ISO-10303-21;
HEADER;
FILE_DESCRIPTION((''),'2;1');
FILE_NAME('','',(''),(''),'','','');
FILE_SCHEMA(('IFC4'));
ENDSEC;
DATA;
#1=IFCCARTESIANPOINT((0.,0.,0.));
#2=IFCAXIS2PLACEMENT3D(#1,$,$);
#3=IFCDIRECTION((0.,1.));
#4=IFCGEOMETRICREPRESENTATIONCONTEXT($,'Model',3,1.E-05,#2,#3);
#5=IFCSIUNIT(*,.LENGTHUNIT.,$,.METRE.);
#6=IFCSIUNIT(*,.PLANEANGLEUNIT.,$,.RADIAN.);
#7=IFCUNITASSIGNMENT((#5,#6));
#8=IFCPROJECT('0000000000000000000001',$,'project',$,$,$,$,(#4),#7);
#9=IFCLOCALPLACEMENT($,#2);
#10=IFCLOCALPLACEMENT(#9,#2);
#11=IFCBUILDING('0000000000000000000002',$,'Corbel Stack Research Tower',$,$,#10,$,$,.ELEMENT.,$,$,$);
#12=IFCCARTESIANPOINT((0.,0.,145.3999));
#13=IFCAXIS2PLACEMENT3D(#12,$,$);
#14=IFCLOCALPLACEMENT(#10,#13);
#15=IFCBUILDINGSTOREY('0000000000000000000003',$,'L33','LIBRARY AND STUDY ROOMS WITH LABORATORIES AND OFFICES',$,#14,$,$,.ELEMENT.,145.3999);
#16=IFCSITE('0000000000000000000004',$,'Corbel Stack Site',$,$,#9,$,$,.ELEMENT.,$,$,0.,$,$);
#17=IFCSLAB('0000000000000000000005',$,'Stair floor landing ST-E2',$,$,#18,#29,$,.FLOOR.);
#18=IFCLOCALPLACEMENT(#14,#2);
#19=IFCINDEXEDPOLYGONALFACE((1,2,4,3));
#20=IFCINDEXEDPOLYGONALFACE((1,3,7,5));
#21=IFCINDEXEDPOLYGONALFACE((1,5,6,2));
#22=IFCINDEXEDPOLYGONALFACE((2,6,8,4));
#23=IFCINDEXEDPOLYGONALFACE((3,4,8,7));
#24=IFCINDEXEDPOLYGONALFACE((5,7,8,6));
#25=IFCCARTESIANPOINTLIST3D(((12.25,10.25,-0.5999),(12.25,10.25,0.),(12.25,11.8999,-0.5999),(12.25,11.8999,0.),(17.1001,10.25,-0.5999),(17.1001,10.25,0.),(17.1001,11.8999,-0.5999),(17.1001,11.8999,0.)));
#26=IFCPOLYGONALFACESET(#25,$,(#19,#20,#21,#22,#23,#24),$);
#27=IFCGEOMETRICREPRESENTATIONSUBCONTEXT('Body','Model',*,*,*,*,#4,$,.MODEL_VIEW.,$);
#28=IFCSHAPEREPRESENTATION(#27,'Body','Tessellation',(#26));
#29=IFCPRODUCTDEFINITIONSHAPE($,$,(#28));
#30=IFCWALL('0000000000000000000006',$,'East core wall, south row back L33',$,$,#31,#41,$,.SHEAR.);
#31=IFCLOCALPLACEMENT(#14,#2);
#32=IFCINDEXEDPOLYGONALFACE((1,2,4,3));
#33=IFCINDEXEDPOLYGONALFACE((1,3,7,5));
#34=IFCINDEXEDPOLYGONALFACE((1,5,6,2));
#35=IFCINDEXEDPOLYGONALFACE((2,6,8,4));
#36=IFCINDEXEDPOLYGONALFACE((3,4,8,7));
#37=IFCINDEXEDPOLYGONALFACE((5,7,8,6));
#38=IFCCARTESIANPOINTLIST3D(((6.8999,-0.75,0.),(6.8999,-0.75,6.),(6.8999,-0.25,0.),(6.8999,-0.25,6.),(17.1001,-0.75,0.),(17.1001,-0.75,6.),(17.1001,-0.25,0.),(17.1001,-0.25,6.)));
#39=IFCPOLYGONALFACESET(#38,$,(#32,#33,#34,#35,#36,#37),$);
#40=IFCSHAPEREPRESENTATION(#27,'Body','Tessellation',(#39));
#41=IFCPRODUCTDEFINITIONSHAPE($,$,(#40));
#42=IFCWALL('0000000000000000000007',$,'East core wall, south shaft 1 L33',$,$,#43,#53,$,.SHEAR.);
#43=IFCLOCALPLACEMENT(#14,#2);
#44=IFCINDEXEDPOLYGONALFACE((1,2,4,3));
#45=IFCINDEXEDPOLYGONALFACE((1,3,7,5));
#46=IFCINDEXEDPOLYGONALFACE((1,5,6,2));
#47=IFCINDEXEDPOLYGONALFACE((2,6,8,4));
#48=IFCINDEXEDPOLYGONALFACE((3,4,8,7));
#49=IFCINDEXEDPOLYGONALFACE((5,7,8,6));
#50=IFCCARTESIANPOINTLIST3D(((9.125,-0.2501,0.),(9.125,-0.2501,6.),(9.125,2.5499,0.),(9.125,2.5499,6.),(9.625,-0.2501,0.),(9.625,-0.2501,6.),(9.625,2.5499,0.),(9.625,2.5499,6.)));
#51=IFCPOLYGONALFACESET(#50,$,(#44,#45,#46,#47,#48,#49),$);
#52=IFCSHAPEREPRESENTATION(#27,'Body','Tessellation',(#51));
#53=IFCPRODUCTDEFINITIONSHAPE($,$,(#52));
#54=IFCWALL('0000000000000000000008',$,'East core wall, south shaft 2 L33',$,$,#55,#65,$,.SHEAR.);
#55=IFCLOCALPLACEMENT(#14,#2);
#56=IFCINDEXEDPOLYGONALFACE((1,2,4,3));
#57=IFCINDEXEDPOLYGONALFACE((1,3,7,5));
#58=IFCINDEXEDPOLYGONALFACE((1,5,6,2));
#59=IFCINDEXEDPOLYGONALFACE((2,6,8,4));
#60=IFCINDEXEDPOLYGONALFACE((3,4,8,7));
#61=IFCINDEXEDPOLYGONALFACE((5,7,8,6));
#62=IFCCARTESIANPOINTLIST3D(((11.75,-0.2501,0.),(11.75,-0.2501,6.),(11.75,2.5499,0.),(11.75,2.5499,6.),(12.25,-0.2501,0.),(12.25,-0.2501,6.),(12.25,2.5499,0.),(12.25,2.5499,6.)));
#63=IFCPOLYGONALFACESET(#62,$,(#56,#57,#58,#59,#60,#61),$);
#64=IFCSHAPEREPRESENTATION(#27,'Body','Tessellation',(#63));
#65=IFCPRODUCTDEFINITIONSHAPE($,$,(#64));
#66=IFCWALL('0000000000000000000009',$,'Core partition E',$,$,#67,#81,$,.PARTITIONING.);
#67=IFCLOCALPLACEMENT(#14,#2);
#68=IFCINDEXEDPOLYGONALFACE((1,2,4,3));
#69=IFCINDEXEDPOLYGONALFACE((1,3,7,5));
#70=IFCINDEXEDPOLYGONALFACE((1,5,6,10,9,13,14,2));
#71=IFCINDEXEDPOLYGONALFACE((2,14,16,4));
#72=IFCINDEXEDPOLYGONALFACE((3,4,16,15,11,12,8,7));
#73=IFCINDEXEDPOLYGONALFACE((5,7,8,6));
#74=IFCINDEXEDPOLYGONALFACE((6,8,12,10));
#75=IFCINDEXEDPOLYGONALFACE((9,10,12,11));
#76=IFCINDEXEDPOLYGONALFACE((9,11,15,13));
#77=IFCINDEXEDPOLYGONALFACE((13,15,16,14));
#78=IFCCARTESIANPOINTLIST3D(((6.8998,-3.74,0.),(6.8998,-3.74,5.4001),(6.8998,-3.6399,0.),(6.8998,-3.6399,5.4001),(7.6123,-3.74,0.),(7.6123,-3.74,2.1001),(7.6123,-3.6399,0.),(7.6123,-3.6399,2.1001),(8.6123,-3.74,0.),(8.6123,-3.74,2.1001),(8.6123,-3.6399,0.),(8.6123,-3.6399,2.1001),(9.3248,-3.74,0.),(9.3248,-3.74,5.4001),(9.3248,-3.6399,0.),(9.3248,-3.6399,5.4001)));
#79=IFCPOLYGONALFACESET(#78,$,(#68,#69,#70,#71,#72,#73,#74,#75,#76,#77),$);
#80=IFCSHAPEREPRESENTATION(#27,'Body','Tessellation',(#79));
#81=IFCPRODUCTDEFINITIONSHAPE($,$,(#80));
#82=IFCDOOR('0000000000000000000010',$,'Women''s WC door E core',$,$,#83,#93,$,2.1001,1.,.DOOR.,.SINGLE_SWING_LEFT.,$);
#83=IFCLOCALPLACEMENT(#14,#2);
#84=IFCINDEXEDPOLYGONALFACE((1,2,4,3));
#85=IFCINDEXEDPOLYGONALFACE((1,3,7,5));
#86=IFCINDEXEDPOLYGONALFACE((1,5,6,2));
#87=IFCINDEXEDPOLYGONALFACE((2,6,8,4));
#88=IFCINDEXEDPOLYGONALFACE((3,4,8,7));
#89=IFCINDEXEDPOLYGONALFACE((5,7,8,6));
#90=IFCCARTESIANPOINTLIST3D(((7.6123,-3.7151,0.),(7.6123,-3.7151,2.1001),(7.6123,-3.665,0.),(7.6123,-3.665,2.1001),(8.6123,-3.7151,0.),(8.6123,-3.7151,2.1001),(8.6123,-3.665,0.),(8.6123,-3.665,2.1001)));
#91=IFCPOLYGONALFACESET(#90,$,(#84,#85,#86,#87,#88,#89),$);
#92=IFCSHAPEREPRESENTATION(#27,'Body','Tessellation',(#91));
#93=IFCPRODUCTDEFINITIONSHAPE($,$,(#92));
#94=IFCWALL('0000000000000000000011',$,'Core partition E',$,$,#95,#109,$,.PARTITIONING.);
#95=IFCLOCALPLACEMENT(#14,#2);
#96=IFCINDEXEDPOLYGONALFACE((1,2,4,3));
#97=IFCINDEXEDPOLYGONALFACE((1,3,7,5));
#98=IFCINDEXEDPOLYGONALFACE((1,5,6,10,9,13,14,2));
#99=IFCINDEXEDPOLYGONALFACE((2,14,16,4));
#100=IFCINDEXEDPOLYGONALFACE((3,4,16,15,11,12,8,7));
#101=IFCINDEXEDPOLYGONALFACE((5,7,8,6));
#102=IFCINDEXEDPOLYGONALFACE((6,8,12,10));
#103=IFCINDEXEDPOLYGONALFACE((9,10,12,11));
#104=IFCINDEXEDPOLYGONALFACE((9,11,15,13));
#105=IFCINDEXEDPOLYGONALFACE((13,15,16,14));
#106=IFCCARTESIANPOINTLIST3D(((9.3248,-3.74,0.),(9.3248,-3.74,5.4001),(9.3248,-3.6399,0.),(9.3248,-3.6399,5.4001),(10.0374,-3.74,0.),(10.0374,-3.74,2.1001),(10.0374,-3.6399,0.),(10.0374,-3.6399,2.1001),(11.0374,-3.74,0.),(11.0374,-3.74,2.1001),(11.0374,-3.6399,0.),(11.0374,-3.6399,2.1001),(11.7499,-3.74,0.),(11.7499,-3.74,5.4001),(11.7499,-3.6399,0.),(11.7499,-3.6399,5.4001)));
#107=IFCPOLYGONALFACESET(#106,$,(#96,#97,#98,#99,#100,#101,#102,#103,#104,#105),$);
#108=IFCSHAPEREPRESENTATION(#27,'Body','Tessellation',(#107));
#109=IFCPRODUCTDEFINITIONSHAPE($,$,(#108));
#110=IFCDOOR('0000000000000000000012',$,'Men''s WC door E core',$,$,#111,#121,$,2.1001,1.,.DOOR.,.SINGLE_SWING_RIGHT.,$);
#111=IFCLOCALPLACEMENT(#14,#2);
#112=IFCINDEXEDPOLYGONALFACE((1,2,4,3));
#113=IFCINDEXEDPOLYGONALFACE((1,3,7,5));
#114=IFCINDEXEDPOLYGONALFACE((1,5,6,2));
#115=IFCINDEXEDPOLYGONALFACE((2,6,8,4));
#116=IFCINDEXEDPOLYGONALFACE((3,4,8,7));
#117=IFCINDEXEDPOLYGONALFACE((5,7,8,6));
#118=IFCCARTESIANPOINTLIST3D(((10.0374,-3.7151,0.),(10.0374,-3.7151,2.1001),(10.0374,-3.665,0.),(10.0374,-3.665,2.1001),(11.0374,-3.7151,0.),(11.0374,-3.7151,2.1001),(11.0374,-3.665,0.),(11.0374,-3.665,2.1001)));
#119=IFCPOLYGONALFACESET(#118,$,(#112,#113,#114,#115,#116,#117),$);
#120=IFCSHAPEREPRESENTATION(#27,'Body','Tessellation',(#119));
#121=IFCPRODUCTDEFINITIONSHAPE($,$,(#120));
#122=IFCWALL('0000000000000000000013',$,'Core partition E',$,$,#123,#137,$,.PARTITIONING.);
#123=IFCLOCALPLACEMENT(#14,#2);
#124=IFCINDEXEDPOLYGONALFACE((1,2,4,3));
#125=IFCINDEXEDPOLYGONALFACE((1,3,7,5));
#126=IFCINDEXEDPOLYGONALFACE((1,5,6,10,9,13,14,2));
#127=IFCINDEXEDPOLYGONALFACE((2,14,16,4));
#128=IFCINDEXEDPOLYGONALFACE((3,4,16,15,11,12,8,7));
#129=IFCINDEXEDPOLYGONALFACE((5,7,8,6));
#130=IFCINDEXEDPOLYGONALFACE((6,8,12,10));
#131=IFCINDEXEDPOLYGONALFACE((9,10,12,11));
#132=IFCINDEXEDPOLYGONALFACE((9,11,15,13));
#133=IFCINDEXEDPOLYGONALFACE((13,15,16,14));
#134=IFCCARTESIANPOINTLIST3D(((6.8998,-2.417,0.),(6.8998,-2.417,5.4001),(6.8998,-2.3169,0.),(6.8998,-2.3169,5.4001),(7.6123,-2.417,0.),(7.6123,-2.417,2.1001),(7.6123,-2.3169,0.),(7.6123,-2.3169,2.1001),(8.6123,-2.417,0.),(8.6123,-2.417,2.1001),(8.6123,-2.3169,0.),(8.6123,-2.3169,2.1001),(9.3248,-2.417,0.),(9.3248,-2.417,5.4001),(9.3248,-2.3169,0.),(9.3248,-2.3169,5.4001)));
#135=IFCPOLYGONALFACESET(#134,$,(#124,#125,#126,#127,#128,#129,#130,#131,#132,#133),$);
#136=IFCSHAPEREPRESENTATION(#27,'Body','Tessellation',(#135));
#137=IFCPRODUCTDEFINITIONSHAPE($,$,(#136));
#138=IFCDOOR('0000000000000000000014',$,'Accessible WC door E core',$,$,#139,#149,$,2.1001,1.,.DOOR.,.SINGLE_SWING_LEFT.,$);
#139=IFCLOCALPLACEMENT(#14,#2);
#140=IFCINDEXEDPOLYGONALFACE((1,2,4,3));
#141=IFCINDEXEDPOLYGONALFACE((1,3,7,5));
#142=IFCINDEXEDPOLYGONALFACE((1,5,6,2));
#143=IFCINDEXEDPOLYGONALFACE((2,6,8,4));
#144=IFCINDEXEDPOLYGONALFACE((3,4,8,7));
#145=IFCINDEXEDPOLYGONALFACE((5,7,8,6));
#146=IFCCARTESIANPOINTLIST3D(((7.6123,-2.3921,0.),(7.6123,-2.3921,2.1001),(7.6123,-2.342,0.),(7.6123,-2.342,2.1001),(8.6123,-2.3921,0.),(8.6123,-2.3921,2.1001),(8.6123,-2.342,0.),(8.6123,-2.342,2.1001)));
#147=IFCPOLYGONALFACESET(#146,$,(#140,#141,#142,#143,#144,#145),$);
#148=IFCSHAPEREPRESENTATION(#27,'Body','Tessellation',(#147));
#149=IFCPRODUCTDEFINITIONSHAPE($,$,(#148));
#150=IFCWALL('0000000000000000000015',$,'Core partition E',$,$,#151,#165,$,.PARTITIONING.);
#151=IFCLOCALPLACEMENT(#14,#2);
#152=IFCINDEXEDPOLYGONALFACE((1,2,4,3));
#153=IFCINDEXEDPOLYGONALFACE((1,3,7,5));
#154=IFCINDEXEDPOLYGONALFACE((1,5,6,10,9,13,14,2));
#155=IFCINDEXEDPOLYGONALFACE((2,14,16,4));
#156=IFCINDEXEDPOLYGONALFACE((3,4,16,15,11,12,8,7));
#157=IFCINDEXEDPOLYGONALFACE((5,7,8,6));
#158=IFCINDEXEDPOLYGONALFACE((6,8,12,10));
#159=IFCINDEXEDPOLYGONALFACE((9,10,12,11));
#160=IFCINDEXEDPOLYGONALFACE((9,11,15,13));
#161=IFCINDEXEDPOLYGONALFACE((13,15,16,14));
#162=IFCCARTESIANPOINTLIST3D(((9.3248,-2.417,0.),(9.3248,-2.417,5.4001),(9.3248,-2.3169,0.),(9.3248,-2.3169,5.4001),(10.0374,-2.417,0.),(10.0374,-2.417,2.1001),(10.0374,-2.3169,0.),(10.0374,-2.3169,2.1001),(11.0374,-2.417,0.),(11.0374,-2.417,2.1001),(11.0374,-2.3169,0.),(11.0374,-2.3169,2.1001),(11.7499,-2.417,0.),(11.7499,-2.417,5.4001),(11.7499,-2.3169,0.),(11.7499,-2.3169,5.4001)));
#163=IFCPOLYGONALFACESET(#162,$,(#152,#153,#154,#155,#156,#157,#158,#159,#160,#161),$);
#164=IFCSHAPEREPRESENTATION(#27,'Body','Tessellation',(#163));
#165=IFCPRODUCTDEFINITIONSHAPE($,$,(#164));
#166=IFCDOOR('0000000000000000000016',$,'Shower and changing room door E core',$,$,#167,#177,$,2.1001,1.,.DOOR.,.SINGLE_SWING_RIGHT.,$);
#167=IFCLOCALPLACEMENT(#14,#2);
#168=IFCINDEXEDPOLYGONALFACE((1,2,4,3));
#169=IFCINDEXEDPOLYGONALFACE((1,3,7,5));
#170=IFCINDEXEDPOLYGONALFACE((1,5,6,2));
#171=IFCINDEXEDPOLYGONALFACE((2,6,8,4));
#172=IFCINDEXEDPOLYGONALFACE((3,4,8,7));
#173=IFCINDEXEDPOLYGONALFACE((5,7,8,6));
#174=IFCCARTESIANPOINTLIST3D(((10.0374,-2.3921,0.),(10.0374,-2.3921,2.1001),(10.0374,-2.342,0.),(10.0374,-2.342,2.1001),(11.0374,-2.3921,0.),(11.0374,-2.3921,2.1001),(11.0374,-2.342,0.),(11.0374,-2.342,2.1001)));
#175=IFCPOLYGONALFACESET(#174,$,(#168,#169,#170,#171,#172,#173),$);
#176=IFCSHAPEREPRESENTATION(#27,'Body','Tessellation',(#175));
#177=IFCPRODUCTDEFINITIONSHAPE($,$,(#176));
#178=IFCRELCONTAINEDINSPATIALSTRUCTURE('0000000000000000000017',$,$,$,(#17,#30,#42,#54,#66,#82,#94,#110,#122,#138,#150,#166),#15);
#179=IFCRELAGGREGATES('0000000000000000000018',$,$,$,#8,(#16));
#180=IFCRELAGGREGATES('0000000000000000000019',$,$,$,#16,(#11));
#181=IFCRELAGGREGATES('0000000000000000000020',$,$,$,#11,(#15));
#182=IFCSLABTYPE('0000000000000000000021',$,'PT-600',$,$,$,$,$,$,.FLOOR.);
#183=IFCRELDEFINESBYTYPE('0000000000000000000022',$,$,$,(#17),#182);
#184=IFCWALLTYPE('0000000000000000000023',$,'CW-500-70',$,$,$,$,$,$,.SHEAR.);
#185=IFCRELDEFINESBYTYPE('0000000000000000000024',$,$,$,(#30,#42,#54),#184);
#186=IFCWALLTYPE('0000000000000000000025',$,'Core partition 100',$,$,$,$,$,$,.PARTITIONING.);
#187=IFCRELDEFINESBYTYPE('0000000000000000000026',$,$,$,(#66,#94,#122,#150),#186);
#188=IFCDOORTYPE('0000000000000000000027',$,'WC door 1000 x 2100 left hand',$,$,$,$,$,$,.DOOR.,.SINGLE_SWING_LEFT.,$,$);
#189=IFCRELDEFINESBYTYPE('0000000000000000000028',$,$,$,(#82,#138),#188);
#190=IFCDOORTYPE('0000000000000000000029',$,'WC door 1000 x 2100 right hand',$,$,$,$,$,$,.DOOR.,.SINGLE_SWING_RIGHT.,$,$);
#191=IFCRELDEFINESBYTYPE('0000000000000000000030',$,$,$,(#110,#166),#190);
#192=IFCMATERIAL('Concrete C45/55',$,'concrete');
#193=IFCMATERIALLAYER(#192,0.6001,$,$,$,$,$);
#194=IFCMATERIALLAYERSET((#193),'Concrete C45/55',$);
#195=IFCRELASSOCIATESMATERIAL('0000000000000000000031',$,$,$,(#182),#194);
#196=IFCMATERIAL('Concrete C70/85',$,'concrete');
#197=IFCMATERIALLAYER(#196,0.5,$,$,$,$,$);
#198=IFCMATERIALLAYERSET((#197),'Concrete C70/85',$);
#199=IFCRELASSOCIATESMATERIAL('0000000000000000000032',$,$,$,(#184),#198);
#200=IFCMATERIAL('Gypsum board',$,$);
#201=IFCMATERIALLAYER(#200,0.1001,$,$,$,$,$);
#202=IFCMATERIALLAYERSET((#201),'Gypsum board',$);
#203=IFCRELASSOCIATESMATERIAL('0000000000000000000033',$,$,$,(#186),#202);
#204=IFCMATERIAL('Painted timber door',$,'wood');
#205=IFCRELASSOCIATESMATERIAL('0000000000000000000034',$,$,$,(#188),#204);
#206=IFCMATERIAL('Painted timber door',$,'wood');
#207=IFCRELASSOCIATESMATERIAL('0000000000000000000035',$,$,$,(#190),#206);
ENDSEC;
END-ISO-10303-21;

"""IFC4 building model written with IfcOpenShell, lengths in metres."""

from ifc_helpers import new_model, si_unit, direction, frame, frame_2d, origin, place, context, subcontext, project, spatial, polyline, rectangle, outline, extrude, material, layer, layer_set, type_object, element, fill, save


model = new_model("IFC4")

# Units and contexts
model_context = context("Model", 3, precision=1e-05, world=origin(), true_north=direction((0.0, 1.0)))
body_context = subcontext(model_context, "Body", "Model", "MODEL_VIEW")
ifc_project = project(units=[si_unit("LENGTHUNIT", "METRE"), si_unit("PLANEANGLEUNIT", "RADIAN")], contexts=[model_context])

# Site, building, storey
site_placement = place(None, origin())
site = spatial("IfcSite", under=ifc_project, at=site_placement, Name="Corbel Stack Site", CompositionType="ELEMENT", RefElevation=0.0)
building_placement = place(site_placement, origin())
building = spatial("IfcBuilding", under=site, at=building_placement, Name="Corbel Stack Research Tower", CompositionType="ELEMENT")
storey_placement = place(building_placement, frame((0.0, 0.0, 145.3999)))
storey = spatial("IfcBuildingStorey", under=building, at=storey_placement, Name="L33", Description="LIBRARY AND STUDY ROOMS WITH LABORATORIES AND OFFICES", CompositionType="ELEMENT", Elevation=145.3999)

# Slab
ifc_material_1 = material(Name="Concrete C45/55", Category="concrete")
ifc_layer_1 = layer(ifc_material_1, 0.6001)
ifc_layer_set_1 = layer_set([ifc_layer_1], Name="Concrete C45/55")
slab_type = type_object("IfcSlabType", Name="PT-600", PredefinedType="FLOOR", material=ifc_layer_set_1)
slab_placement = place(storey_placement, frame((0.0, 0.0, -0.5999)))
element("IfcSlab", 1, at=slab_placement, inside=storey, type_object=slab_type, Name="Stair floor landing ST-E2", PredefinedType="FLOOR", context=body_context, shape_type="SweptSolid", body=[
    extrude(outline(polyline([(12.25, 10.25), (17.1001, 10.25), (17.1001, 11.8999), (12.25, 11.8999), (12.25, 10.25)])), origin(), (0.0, 0.0, 1.0), 0.5999),
])

# Walls
ifc_material_2 = material(Name="Concrete C70/85", Category="concrete")
ifc_layer_2 = layer(ifc_material_2, 0.5)
ifc_layer_set_2 = layer_set([ifc_layer_2], Name="Concrete C70/85")
wall_type_1 = type_object("IfcWallType", Name="CW-500-70", PredefinedType="SHEAR", material=ifc_layer_set_2)
wall_1_placement = place(storey_placement, frame((6.8999, -0.5, 0.0), z_axis=(0.0, 0.0, 1.0), x_axis=(1.0, 0.0, 0.0)))
element("IfcWall", 2, at=wall_1_placement, inside=storey, type_object=wall_type_1, Name="East core wall, south row back L33", PredefinedType="SHEAR", context=body_context, shape_type="SweptSolid", body=[
    extrude(rectangle(XDim=10.2002, YDim=0.5, at=frame_2d((5.1001, 0.0))), origin(), (0.0, 0.0, 1.0), 6.0),
])
for number, where, z_axis, x_axis, name in (
    (3, (9.375, -0.25, 0.0), (0.0, 0.0, 1.0), (0.0, 1.0, 0.0), "East core wall, south shaft 1 L33"),
    (4, (12.0, -0.25, 0.0), (0.0, 0.0, 1.0), (0.0, 1.0, 0.0), "East core wall, south shaft 2 L33"),
):
    element("IfcWall", number, at=place(storey_placement, frame(where, z_axis=z_axis, x_axis=x_axis)), inside=storey, type_object=wall_type_1, Name=name, PredefinedType="SHEAR", context=body_context, shape_type="SweptSolid", body=[
        extrude(rectangle(XDim=2.8, YDim=0.5, at=frame_2d((1.3999, 0.0))), origin(), (0.0, 0.0, 1.0), 6.0),
    ])

# Walls, openings, doors
ifc_material_3 = material(Name="Gypsum board")
ifc_layer_3 = layer(ifc_material_3, 0.1001)
ifc_layer_set_3 = layer_set([ifc_layer_3], Name="Gypsum board")
wall_type_2 = type_object("IfcWallType", Name="Core partition 100", PredefinedType="PARTITIONING", material=ifc_layer_set_3)
wall_2_placement = place(storey_placement, frame((6.8999, -3.6899, 0.0), z_axis=(0.0, 0.0, 1.0), x_axis=(1.0, 0.0, 0.0)))
wall_2 = element("IfcWall", 5, at=wall_2_placement, inside=storey, type_object=wall_type_2, Name="Core partition E", PredefinedType="PARTITIONING", context=body_context, shape_type="SweptSolid", body=[
    extrude(rectangle(XDim=2.425, YDim=0.1001, at=frame_2d((1.2124, 0.0))), origin(), (0.0, 0.0, 1.0), 5.4001),
])
opening_1_placement = place(wall_2_placement, frame((0.7124, 0.0, 0.0)))
opening_1 = element("IfcOpeningElement", 6, at=opening_1_placement, cuts=wall_2, PredefinedType="OPENING", context=body_context, shape_type="SweptSolid", body=[
    extrude(rectangle(XDim=1.0, YDim=2.1001, at=frame_2d((0.5, 1.05))), frame((0.0, 0.0601, 0.0), z_axis=(0.0, -1.0, 0.0), x_axis=(1.0, 0.0, 0.0)), (0.0, 0.0, 1.0), 0.1201),
])
ifc_material_4 = material(Name="Painted timber door", Category="wood")
door_type_1 = type_object("IfcDoorType", Name="WC door 1000 x 2100 left hand", OperationType="SINGLE_SWING_LEFT", PredefinedType="DOOR", material=ifc_material_4)
door_1_placement = place(opening_1_placement, origin())
door_1 = element("IfcDoor", 7, at=door_1_placement, inside=storey, type_object=door_type_1, Name="Women's WC door E core", OperationType="SINGLE_SWING_LEFT", OverallHeight=2.1001, OverallWidth=1.0, PredefinedType="DOOR", context=body_context, shape_type="SweptSolid", body=[
    extrude(rectangle(XDim=1.0, YDim=2.1001, at=frame_2d((0.5, 1.05))), frame((0.0, 0.0249, 0.0), z_axis=(0.0, -1.0, 0.0), x_axis=(1.0, 0.0, 0.0)), (0.0, 0.0, 1.0), 0.05),
])
fill(opening_1, door_1)
wall_3_placement = place(storey_placement, frame((9.325, -3.6899, 0.0), z_axis=(0.0, 0.0, 1.0), x_axis=(1.0, 0.0, 0.0)))
wall_3 = element("IfcWall", 8, at=wall_3_placement, inside=storey, type_object=wall_type_2, Name="Core partition E", PredefinedType="PARTITIONING", context=body_context, shape_type="SweptSolid", body=[
    extrude(rectangle(XDim=2.425, YDim=0.1001, at=frame_2d((1.2124, 0.0))), origin(), (0.0, 0.0, 1.0), 5.4001),
])
opening_2_placement = place(wall_3_placement, frame((0.7124, 0.0, 0.0)))
opening_2 = element("IfcOpeningElement", 9, at=opening_2_placement, cuts=wall_3, PredefinedType="OPENING", context=body_context, shape_type="SweptSolid", body=[
    extrude(rectangle(XDim=1.0, YDim=2.1001, at=frame_2d((0.5, 1.05))), frame((0.0, 0.0601, 0.0), z_axis=(0.0, -1.0, 0.0), x_axis=(1.0, 0.0, 0.0)), (0.0, 0.0, 1.0), 0.1201),
])
ifc_material_5 = material(Name="Painted timber door", Category="wood")
door_type_2 = type_object("IfcDoorType", Name="WC door 1000 x 2100 right hand", OperationType="SINGLE_SWING_RIGHT", PredefinedType="DOOR", material=ifc_material_5)
door_2_placement = place(opening_2_placement, origin())
door_2 = element("IfcDoor", 10, at=door_2_placement, inside=storey, type_object=door_type_2, Name="Men's WC door E core", OperationType="SINGLE_SWING_RIGHT", OverallHeight=2.1001, OverallWidth=1.0, PredefinedType="DOOR", context=body_context, shape_type="SweptSolid", body=[
    extrude(rectangle(XDim=1.0, YDim=2.1001, at=frame_2d((0.5, 1.05))), frame((0.0, 0.0249, 0.0), z_axis=(0.0, -1.0, 0.0), x_axis=(1.0, 0.0, 0.0)), (0.0, 0.0, 1.0), 0.05),
])
fill(opening_2, door_2)
wall_4_placement = place(storey_placement, frame((6.8999, -2.3669, 0.0), z_axis=(0.0, 0.0, 1.0), x_axis=(1.0, 0.0, 0.0)))
wall_4 = element("IfcWall", 11, at=wall_4_placement, inside=storey, type_object=wall_type_2, Name="Core partition E", PredefinedType="PARTITIONING", context=body_context, shape_type="SweptSolid", body=[
    extrude(rectangle(XDim=2.425, YDim=0.1001, at=frame_2d((1.2124, 0.0))), origin(), (0.0, 0.0, 1.0), 5.4001),
])
opening_3_placement = place(wall_4_placement, frame((0.7124, 0.0, 0.0)))
opening_3 = element("IfcOpeningElement", 12, at=opening_3_placement, cuts=wall_4, PredefinedType="OPENING", context=body_context, shape_type="SweptSolid", body=[
    extrude(rectangle(XDim=1.0, YDim=2.1001, at=frame_2d((0.5, 1.05))), frame((0.0, 0.0601, 0.0), z_axis=(0.0, -1.0, 0.0), x_axis=(1.0, 0.0, 0.0)), (0.0, 0.0, 1.0), 0.1201),
])
door_3_placement = place(opening_3_placement, origin())
door_3 = element("IfcDoor", 13, at=door_3_placement, inside=storey, type_object=door_type_1, Name="Accessible WC door E core", OperationType="SINGLE_SWING_LEFT", OverallHeight=2.1001, OverallWidth=1.0, PredefinedType="DOOR", context=body_context, shape_type="SweptSolid", body=[
    extrude(rectangle(XDim=1.0, YDim=2.1001, at=frame_2d((0.5, 1.05))), frame((0.0, 0.0249, 0.0), z_axis=(0.0, -1.0, 0.0), x_axis=(1.0, 0.0, 0.0)), (0.0, 0.0, 1.0), 0.05),
])
fill(opening_3, door_3)
wall_5_placement = place(storey_placement, frame((9.325, -2.3669, 0.0), z_axis=(0.0, 0.0, 1.0), x_axis=(1.0, 0.0, 0.0)))
wall_5 = element("IfcWall", 14, at=wall_5_placement, inside=storey, type_object=wall_type_2, Name="Core partition E", PredefinedType="PARTITIONING", context=body_context, shape_type="SweptSolid", body=[
    extrude(rectangle(XDim=2.425, YDim=0.1001, at=frame_2d((1.2124, 0.0))), origin(), (0.0, 0.0, 1.0), 5.4001),
])
opening_4_placement = place(wall_5_placement, frame((0.7124, 0.0, 0.0)))
opening_4 = element("IfcOpeningElement", 15, at=opening_4_placement, cuts=wall_5, PredefinedType="OPENING", context=body_context, shape_type="SweptSolid", body=[
    extrude(rectangle(XDim=1.0, YDim=2.1001, at=frame_2d((0.5, 1.05))), frame((0.0, 0.0601, 0.0), z_axis=(0.0, -1.0, 0.0), x_axis=(1.0, 0.0, 0.0)), (0.0, 0.0, 1.0), 0.1201),
])
door_4_placement = place(opening_4_placement, origin())
door_4 = element("IfcDoor", 16, at=door_4_placement, inside=storey, type_object=door_type_2, Name="Shower and changing room door E core", OperationType="SINGLE_SWING_RIGHT", OverallHeight=2.1001, OverallWidth=1.0, PredefinedType="DOOR", context=body_context, shape_type="SweptSolid", body=[
    extrude(rectangle(XDim=1.0, YDim=2.1001, at=frame_2d((0.5, 1.05))), frame((0.0, 0.0249, 0.0), z_axis=(0.0, -1.0, 0.0), x_axis=(1.0, 0.0, 0.0)), (0.0, 0.0, 1.0), 0.05),
])
fill(opening_4, door_4)

save(model, "model.ifc")
